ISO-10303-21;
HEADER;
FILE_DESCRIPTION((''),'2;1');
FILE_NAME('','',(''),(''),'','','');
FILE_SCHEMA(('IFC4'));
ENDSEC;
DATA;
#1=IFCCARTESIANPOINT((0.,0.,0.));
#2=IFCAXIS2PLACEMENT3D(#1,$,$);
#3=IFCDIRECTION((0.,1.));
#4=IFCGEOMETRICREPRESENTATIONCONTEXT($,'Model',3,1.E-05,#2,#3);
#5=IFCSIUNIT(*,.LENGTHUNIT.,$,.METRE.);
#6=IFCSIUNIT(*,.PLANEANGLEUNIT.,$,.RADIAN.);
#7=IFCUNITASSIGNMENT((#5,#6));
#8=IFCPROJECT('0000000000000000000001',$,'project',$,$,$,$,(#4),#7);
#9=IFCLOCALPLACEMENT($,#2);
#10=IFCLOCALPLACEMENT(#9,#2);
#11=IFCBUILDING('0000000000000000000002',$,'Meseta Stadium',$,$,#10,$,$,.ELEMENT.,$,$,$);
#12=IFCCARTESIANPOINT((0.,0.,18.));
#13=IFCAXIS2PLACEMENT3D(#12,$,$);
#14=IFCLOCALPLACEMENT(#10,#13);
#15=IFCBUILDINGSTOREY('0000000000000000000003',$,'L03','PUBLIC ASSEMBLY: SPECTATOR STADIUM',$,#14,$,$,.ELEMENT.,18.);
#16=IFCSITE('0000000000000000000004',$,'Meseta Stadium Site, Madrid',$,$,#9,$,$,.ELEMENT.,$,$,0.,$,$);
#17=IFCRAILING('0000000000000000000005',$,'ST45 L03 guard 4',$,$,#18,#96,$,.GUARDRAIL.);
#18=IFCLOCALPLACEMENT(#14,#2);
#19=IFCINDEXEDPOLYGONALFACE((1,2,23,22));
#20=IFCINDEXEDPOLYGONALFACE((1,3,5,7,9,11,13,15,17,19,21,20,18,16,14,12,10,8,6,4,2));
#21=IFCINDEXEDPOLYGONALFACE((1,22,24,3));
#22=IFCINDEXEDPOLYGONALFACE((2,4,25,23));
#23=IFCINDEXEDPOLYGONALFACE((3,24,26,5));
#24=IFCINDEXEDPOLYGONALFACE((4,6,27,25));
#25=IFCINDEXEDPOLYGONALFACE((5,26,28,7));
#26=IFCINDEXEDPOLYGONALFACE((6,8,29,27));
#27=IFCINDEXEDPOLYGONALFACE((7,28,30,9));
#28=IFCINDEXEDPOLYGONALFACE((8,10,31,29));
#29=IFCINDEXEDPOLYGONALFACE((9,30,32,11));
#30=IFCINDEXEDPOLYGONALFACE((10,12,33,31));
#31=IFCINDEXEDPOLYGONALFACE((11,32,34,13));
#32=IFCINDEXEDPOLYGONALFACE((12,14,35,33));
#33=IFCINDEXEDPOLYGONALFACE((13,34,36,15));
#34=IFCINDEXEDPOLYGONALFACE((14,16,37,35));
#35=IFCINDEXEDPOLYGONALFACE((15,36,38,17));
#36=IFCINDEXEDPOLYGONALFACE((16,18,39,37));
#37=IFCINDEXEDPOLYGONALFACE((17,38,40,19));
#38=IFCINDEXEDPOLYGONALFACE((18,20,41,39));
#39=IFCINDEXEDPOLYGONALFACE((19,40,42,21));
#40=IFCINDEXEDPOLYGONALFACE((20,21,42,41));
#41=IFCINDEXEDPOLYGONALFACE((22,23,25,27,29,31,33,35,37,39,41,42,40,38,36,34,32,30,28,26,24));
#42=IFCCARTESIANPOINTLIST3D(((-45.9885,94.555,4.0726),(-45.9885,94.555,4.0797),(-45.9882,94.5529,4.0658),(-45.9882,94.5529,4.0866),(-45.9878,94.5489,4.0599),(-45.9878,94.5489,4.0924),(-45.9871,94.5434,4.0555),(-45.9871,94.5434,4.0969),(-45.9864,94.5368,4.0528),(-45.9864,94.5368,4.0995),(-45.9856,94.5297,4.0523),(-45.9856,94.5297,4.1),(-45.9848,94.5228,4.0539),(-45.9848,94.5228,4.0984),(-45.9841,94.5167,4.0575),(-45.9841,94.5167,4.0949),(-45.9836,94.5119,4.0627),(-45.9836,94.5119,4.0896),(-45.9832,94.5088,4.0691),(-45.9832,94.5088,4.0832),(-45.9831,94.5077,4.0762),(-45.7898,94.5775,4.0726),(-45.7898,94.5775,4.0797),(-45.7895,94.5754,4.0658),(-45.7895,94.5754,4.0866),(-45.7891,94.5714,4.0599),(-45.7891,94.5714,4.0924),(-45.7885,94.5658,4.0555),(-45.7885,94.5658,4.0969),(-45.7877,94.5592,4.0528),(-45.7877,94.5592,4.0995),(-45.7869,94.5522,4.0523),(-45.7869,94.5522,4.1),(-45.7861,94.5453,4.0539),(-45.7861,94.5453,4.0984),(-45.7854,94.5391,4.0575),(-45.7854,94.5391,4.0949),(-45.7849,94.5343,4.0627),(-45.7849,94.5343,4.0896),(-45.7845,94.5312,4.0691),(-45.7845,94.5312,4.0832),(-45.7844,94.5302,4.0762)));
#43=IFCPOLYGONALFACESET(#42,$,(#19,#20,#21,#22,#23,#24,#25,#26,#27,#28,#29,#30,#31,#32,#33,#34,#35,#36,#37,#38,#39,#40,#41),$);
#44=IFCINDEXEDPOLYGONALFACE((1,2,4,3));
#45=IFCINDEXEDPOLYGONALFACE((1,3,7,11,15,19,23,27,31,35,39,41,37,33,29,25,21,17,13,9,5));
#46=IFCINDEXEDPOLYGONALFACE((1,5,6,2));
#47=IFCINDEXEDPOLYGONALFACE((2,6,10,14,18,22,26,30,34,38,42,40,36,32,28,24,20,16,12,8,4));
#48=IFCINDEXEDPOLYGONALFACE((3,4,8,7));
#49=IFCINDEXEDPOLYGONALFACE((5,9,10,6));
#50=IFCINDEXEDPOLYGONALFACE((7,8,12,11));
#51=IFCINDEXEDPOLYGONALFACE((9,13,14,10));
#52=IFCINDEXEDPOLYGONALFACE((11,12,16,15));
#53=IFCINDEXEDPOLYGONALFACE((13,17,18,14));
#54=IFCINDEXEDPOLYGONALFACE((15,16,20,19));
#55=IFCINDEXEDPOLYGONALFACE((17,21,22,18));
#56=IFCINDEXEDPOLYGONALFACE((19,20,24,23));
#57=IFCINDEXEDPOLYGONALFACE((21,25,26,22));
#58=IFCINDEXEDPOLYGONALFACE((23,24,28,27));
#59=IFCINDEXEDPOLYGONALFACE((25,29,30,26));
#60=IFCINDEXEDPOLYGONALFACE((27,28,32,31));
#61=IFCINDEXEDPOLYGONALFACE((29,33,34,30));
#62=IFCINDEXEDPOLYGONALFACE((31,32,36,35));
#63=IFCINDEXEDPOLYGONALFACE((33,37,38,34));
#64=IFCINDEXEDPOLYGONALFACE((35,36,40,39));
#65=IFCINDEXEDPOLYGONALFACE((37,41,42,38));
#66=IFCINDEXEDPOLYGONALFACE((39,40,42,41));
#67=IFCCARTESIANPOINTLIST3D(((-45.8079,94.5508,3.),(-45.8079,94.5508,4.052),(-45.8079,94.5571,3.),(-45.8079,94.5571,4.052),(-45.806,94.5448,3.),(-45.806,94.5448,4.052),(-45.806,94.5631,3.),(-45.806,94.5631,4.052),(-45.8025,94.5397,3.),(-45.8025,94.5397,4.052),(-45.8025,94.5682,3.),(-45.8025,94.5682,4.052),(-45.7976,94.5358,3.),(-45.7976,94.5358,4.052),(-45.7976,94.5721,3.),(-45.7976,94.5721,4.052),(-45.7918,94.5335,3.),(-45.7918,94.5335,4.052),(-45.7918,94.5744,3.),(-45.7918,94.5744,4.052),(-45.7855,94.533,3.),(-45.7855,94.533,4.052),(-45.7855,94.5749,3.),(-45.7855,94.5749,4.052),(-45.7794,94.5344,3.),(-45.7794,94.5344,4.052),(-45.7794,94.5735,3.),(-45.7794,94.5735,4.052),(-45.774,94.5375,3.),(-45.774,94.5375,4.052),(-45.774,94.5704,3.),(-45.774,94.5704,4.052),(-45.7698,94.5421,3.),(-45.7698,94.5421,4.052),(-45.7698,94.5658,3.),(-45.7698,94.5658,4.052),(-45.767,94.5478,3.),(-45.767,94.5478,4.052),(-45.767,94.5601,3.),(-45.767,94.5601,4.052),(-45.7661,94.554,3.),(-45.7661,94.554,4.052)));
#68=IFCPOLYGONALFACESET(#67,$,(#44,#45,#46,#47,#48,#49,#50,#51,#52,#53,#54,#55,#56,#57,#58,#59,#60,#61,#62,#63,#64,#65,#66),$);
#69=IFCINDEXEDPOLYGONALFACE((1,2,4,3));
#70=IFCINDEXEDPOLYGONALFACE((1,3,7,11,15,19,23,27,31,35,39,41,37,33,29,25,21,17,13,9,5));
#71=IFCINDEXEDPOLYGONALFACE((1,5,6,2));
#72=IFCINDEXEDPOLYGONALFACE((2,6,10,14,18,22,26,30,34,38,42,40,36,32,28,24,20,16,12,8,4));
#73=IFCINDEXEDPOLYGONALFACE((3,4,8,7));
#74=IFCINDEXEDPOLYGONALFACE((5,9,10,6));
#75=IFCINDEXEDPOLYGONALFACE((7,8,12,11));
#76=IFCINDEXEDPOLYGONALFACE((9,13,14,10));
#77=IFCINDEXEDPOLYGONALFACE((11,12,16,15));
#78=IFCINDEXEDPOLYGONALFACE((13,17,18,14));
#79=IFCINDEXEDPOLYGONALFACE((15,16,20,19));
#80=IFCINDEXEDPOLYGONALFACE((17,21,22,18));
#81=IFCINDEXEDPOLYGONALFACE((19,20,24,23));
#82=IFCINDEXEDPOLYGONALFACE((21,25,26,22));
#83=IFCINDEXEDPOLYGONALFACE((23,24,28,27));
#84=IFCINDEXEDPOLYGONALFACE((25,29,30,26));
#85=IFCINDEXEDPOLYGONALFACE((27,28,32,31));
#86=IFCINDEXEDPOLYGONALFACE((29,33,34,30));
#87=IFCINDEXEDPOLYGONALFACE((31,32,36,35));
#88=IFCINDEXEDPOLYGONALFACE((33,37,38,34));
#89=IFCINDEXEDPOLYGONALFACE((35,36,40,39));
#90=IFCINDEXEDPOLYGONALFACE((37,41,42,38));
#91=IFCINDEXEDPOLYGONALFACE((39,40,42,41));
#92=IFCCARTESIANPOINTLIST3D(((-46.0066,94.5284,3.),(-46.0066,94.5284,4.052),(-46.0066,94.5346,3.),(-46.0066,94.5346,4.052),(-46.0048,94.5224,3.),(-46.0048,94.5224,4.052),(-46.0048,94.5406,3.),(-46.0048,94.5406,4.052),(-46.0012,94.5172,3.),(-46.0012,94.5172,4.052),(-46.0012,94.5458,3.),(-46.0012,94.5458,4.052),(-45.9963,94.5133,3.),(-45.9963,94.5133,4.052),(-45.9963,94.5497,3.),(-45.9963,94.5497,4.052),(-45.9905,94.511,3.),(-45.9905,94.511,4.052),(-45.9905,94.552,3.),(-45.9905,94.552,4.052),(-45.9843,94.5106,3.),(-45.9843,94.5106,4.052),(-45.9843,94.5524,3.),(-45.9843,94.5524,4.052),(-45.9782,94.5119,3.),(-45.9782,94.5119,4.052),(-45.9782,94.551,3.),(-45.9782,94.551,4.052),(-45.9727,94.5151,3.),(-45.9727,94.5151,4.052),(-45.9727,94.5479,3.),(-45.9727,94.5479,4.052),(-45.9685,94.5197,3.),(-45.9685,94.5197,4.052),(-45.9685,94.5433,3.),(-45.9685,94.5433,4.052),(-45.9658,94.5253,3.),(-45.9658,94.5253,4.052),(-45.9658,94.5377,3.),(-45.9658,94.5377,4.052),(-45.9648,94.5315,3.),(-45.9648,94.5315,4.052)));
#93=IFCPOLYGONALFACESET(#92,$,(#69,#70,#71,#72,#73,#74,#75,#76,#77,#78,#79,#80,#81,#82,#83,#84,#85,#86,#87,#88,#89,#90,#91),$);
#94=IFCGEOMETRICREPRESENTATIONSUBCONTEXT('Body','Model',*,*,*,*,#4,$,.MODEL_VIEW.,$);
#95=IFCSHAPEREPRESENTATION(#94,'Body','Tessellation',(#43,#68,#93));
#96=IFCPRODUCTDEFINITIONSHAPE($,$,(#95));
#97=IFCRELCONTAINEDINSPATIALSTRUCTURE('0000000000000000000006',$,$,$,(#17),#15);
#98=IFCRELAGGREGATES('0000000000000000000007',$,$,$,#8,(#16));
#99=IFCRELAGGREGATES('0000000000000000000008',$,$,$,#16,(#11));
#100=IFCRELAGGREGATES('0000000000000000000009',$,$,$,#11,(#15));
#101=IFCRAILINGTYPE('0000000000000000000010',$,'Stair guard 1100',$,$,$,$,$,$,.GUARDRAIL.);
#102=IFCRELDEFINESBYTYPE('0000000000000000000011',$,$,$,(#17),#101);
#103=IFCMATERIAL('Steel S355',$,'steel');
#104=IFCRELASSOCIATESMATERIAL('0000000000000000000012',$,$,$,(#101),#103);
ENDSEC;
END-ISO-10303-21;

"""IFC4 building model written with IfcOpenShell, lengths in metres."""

from ifc_helpers import new_model, si_unit, direction, frame, origin, origin_2d, place, context, subcontext, project, spatial, circle, extrude, material, type_object, element, save


model = new_model("IFC4")

# Units and contexts
model_context = context("Model", 3, precision=1e-05, world=origin(), true_north=direction((0.0, 1.0)))
body_context = subcontext(model_context, "Body", "Model", "MODEL_VIEW")
ifc_project = project(units=[si_unit("LENGTHUNIT", "METRE"), si_unit("PLANEANGLEUNIT", "RADIAN")], contexts=[model_context])

# Site, building, storey
site_placement = place(None, origin())
site = spatial("IfcSite", under=ifc_project, at=site_placement, Name="Meseta Stadium Site, Madrid", CompositionType="ELEMENT", RefElevation=0.0)
building_placement = place(site_placement, origin())
building = spatial("IfcBuilding", under=site, at=building_placement, Name="Meseta Stadium", CompositionType="ELEMENT")
storey_placement = place(building_placement, frame((0.0, 0.0, 18.0)))
storey = spatial("IfcBuildingStorey", under=building, at=storey_placement, Name="L03", Description="PUBLIC ASSEMBLY: SPECTATOR STADIUM", CompositionType="ELEMENT", Elevation=18.0)

# Railing
ifc_material_1 = material(Name="Steel S355", Category="steel")
railing_type_1 = type_object("IfcRailingType", Name="Stair guard 1100", PredefinedType="GUARDRAIL", material=ifc_material_1)
railing_1_placement = place(storey_placement, frame((-45.7871, 94.554, 3.0)))
element("IfcRailing", 1, at=railing_1_placement, inside=storey, type_object=railing_type_1, Name="ST45 L03 guard 4", PredefinedType="GUARDRAIL", context=body_context, shape_type="SweptSolid", body=[
    extrude(circle(Radius=0.0239, at=origin_2d()), frame((0.0, 0.0, 1.0762), z_axis=(-0.993674, -0.112307, 0.0), x_axis=(0.112307, -0.993674, 0.0)), (0.0, 0.0, 1.0), 0.2),
    extrude(circle(Radius=0.021, at=origin_2d()), origin(), (0.0, 0.0, 1.0), 1.052),
    extrude(circle(Radius=0.021, at=origin_2d()), frame((-0.1987, -0.0225, 0.0)), (0.0, 0.0, 1.0), 1.052),
])

save(model, "model.ifc")
